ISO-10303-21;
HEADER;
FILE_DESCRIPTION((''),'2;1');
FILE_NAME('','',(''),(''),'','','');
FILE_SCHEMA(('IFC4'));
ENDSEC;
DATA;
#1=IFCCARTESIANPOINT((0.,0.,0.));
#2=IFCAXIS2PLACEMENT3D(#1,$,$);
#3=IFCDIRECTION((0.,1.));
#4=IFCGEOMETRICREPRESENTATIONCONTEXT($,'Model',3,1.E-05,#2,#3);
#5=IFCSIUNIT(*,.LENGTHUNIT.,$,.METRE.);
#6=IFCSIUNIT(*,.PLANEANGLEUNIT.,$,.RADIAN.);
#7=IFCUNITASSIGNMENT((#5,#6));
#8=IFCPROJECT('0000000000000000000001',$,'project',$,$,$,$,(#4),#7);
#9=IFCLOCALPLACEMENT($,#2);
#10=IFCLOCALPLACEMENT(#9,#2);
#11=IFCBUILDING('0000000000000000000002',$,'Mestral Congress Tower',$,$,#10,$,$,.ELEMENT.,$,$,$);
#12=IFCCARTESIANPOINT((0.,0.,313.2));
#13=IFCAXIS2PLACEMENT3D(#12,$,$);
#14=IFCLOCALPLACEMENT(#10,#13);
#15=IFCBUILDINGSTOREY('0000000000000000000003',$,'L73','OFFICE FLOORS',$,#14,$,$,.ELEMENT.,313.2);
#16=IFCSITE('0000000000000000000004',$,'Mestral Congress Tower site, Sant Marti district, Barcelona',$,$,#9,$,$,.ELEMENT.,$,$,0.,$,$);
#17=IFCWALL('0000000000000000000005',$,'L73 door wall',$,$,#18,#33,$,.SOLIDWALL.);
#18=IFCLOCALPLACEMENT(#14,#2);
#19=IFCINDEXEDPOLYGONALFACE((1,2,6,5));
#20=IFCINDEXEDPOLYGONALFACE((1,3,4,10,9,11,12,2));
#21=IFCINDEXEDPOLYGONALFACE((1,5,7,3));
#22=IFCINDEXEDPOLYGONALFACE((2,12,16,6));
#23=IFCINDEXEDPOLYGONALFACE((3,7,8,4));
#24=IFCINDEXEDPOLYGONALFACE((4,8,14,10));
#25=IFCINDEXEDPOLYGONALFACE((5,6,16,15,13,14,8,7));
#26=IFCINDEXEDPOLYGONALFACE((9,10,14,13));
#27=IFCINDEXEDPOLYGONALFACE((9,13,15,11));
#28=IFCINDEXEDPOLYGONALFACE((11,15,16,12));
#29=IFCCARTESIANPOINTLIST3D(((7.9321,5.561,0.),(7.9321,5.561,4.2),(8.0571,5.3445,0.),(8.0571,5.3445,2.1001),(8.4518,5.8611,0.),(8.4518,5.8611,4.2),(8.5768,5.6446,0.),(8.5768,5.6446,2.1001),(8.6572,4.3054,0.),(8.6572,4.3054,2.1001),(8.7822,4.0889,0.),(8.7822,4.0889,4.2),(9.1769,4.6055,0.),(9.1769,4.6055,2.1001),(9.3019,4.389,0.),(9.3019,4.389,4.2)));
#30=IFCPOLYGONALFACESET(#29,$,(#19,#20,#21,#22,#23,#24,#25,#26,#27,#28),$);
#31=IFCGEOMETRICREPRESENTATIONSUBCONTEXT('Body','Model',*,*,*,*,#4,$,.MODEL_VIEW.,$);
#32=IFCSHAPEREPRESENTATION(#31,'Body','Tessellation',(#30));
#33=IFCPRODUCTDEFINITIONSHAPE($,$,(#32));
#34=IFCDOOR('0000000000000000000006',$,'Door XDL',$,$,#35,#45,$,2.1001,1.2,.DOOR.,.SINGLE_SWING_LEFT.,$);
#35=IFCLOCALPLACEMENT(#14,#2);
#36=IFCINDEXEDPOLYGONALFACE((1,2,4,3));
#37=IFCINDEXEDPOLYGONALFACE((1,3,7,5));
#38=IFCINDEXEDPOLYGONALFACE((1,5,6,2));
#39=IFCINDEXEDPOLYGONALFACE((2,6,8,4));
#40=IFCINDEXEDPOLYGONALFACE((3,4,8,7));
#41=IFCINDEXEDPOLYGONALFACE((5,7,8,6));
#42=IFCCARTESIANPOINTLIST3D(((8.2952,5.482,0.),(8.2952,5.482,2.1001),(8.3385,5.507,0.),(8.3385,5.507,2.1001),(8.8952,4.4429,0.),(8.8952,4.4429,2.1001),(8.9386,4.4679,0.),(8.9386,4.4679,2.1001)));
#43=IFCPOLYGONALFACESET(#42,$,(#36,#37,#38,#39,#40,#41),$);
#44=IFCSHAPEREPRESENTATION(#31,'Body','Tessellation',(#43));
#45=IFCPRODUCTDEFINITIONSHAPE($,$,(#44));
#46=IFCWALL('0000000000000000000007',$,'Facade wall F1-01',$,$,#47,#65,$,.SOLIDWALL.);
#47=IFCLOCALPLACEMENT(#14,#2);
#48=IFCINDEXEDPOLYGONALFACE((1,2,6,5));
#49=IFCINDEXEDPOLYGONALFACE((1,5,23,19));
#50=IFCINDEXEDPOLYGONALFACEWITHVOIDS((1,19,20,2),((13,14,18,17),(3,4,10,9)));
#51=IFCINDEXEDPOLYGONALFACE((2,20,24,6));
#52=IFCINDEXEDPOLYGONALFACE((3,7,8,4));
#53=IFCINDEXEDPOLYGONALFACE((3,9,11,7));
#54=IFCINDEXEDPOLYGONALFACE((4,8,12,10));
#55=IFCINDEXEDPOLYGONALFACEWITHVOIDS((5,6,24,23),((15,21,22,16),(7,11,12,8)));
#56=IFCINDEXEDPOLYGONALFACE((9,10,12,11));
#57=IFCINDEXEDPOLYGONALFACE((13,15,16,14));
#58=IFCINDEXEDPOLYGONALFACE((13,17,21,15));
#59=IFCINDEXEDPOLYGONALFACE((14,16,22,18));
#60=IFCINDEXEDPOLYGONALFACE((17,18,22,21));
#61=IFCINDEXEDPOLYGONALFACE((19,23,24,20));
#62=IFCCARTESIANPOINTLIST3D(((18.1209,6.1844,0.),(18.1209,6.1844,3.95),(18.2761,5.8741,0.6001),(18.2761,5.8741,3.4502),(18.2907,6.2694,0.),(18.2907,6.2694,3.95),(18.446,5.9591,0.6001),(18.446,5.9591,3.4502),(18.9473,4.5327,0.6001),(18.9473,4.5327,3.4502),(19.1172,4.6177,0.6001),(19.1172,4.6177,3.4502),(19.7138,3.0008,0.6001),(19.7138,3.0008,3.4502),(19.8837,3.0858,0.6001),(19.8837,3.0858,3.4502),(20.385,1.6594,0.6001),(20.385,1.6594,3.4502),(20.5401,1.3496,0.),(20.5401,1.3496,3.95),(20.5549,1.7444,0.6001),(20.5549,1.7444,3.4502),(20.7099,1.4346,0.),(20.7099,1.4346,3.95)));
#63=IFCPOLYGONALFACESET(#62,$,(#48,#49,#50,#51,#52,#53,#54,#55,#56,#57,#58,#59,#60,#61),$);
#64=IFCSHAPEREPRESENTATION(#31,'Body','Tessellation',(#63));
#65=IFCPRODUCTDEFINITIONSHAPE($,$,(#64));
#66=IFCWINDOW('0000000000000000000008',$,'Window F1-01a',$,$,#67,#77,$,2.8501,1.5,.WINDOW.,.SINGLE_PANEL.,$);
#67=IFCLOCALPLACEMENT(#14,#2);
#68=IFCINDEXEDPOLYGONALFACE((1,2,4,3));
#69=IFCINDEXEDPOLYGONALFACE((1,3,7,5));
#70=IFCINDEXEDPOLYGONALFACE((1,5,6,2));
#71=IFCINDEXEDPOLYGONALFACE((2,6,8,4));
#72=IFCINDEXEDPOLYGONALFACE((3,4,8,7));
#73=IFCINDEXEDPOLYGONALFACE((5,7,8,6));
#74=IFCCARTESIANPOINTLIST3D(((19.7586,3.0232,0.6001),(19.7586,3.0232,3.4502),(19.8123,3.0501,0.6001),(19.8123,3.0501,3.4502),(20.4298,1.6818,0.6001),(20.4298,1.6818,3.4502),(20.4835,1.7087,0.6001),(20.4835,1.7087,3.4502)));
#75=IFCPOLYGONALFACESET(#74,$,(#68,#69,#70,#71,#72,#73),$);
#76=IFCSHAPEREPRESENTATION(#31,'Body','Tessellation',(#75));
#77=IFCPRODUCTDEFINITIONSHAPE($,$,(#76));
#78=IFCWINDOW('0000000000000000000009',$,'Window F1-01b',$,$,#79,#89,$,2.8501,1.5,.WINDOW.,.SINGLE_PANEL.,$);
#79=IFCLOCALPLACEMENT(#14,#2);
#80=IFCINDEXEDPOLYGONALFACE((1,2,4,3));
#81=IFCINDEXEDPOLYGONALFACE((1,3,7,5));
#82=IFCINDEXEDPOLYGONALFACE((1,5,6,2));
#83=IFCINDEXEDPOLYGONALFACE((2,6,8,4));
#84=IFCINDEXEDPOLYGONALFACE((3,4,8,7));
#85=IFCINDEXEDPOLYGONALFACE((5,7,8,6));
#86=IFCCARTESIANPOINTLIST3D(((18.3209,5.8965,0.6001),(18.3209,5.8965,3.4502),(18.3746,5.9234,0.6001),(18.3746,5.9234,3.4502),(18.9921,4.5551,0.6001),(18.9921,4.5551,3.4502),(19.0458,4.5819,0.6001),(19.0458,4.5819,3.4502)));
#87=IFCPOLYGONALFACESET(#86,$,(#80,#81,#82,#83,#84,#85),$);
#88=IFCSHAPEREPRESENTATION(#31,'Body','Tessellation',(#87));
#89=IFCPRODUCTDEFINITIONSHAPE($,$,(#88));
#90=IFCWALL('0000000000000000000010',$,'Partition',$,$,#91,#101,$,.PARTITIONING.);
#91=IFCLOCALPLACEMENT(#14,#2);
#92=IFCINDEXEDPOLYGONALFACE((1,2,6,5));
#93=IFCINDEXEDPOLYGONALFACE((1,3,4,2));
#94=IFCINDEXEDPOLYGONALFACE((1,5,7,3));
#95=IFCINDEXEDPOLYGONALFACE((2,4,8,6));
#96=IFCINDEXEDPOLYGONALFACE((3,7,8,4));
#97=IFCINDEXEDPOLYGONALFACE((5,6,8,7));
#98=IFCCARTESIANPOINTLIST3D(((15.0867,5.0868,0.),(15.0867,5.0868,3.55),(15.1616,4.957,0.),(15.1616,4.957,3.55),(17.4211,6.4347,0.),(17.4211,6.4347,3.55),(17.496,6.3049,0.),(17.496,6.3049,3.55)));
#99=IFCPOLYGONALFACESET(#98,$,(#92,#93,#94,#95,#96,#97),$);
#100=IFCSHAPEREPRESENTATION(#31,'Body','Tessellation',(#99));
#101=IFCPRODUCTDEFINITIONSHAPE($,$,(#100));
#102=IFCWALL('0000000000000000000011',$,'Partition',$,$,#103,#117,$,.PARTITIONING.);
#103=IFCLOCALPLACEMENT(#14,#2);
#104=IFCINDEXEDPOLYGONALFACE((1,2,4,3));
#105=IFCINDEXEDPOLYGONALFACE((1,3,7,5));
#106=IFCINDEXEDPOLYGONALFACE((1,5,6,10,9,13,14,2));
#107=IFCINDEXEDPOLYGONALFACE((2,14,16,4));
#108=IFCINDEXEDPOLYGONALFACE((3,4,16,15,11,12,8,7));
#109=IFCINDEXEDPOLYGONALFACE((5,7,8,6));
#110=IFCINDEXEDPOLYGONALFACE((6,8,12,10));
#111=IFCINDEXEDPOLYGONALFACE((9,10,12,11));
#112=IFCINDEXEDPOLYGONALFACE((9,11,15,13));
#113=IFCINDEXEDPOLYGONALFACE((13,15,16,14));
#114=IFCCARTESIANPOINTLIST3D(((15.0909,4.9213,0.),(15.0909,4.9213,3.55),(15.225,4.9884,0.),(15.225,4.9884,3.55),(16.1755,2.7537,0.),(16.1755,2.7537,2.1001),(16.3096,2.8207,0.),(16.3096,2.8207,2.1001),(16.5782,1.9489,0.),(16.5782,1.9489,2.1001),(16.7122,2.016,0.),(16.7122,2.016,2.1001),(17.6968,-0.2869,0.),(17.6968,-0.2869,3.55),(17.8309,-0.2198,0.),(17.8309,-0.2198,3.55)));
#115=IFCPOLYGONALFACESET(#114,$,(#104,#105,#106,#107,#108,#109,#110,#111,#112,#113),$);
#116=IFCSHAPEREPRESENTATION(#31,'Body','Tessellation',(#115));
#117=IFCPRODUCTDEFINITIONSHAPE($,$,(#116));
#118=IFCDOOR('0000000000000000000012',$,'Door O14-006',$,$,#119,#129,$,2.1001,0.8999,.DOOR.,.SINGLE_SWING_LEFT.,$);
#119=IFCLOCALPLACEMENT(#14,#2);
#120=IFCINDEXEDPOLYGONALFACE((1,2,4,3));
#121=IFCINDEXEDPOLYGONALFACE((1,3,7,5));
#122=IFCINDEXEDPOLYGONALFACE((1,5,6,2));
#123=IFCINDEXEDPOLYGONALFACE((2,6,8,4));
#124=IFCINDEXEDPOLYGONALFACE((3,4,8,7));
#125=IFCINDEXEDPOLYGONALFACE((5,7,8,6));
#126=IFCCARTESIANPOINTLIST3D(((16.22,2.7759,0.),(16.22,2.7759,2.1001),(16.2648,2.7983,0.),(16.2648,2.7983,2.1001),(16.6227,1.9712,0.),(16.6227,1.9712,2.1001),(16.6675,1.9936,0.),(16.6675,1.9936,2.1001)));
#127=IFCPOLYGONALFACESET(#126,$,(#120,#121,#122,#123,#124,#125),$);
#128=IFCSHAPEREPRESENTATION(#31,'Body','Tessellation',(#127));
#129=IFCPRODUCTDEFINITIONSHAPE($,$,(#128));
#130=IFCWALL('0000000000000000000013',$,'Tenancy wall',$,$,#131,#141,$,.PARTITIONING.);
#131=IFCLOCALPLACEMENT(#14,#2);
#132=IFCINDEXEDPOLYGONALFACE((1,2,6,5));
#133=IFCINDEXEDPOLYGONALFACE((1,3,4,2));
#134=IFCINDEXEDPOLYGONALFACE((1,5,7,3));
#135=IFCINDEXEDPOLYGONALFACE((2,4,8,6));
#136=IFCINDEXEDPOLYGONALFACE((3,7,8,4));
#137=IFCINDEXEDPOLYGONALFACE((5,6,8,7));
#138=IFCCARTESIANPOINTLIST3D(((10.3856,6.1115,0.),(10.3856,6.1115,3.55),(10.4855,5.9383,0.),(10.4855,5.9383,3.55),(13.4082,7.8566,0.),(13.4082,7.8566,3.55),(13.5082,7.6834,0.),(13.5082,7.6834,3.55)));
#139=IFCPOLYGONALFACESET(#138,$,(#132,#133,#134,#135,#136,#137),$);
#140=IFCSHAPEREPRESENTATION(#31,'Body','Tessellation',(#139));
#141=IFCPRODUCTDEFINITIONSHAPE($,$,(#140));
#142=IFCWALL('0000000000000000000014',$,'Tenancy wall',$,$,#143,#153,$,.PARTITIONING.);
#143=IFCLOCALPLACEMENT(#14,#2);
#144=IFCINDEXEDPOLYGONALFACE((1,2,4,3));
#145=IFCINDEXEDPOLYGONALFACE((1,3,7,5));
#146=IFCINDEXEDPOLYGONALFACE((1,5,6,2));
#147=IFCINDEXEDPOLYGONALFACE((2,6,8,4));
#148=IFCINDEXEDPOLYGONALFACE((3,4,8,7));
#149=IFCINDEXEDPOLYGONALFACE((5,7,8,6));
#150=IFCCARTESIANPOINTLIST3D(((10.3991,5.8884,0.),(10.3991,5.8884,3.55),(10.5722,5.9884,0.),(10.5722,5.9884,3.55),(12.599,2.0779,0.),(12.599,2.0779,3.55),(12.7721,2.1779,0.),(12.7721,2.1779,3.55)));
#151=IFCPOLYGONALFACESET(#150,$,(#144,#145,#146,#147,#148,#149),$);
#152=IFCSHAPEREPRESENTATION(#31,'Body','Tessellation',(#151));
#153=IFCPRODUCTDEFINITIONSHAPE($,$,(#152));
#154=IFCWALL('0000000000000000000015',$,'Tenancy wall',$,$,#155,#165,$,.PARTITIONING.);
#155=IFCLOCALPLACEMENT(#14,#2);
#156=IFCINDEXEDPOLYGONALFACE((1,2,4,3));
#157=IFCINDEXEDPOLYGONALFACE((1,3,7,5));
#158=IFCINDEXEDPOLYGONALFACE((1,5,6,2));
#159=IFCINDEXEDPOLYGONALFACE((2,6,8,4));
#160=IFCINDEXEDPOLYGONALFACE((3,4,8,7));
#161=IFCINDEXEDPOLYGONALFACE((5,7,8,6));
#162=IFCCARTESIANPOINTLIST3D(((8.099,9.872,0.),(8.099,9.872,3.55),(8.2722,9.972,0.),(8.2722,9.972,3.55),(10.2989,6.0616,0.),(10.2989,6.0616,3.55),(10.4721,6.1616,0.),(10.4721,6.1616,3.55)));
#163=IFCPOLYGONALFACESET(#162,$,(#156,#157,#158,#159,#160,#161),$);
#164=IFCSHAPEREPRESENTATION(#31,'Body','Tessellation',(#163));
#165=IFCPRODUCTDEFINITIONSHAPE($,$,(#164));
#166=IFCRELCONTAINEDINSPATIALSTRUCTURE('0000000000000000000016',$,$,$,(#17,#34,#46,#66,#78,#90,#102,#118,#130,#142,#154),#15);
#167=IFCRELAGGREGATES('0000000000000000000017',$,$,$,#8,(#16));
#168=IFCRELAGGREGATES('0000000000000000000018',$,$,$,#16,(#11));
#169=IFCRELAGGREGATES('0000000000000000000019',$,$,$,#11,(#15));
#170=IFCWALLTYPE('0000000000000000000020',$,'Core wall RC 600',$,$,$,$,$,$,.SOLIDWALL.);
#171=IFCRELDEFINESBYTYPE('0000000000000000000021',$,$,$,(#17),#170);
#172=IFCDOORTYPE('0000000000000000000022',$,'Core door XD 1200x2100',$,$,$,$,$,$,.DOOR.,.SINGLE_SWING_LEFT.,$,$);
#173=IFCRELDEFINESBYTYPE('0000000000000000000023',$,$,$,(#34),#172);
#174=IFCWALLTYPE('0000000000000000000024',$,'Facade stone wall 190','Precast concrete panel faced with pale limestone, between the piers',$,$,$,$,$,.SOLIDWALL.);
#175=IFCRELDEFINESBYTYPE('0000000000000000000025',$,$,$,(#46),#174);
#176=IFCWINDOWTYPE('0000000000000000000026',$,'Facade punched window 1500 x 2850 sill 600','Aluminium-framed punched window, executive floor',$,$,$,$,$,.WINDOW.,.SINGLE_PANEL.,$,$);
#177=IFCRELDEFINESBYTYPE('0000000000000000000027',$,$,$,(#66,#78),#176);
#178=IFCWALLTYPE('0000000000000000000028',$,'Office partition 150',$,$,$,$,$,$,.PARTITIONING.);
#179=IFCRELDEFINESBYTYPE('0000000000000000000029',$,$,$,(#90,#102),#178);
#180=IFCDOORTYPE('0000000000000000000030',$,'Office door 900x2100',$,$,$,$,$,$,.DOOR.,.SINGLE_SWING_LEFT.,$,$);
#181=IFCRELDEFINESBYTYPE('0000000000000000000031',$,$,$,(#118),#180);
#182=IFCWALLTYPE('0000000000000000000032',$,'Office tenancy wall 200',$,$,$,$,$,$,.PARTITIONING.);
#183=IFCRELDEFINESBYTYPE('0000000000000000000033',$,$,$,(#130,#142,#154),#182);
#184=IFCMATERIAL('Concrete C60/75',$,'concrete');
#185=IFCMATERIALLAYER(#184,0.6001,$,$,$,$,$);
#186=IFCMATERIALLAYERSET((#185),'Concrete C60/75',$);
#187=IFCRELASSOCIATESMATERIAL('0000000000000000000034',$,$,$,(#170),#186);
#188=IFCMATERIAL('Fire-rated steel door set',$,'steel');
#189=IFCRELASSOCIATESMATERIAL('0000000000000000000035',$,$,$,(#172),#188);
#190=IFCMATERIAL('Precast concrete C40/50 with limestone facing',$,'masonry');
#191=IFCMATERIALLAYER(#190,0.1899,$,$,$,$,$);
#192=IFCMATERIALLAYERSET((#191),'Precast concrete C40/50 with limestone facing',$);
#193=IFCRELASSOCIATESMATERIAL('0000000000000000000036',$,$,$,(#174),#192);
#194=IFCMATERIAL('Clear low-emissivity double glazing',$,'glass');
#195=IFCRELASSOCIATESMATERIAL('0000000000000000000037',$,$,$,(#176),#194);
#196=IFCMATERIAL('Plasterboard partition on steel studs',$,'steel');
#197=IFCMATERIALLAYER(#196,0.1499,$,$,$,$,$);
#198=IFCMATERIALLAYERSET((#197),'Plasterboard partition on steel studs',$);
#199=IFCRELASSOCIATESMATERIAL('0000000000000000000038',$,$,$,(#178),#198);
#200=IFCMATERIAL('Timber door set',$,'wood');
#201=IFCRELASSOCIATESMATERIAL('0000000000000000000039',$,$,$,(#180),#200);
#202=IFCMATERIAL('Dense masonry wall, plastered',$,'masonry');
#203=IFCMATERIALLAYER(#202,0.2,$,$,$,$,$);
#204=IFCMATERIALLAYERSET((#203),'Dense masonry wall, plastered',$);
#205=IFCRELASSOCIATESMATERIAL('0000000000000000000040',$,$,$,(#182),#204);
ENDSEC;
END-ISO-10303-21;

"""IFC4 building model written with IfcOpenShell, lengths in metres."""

from ifc_helpers import new_model, si_unit, direction, frame, frame_2d, origin, place, context, subcontext, project, spatial, rectangle, extrude, material, layer, layer_set, type_object, element, fill, save


model = new_model("IFC4")

# Units and contexts
model_context = context("Model", 3, precision=1e-05, world=origin(), true_north=direction((0.0, 1.0)))
body_context = subcontext(model_context, "Body", "Model", "MODEL_VIEW")
ifc_project = project(units=[si_unit("LENGTHUNIT", "METRE"), si_unit("PLANEANGLEUNIT", "RADIAN")], contexts=[model_context])

# Site, building, storey
site_placement = place(None, origin())
site = spatial("IfcSite", under=ifc_project, at=site_placement, Name="Mestral Congress Tower site, Sant Marti district, Barcelona", CompositionType="ELEMENT", RefElevation=0.0)
building_placement = place(site_placement, origin())
building = spatial("IfcBuilding", under=site, at=building_placement, Name="Mestral Congress Tower", CompositionType="ELEMENT")
storey_placement = place(building_placement, frame((0.0, 0.0, 313.2)))
storey = spatial("IfcBuildingStorey", under=building, at=storey_placement, Name="L73", Description="OFFICE FLOORS", CompositionType="ELEMENT", Elevation=313.2)

# Shared definitions
ifc_material_1 = material(Name="Concrete C60/75", Category="concrete")

# Shared definitions
ifc_layer_1 = layer(ifc_material_1, 0.6001)
ifc_layer_set_1 = layer_set([ifc_layer_1], Name="Concrete C60/75")
wall_type_1 = type_object("IfcWallType", Name="Core wall RC 600", PredefinedType="SOLIDWALL", material=ifc_layer_set_1)

# Wall, opening, door
wall_1_placement = place(storey_placement, frame((8.1919, 5.7112, 0.0), z_axis=(0.0, 0.0, 1.0), x_axis=(0.500062, -0.865989, 0.0)))
wall_1 = element("IfcWall", 1, at=wall_1_placement, inside=storey, type_object=wall_type_1, Name="L73 door wall", PredefinedType="SOLIDWALL", context=body_context, shape_type="SweptSolid", body=[
    extrude(rectangle(XDim=1.7, YDim=0.6001, at=frame_2d((0.8501, 0.0))), origin(), (0.0, 0.0, 1.0), 4.2),
])
opening_1_placement = place(wall_1_placement, frame((0.25, 0.0, 0.0)))
opening_1 = element("IfcOpeningElement", 2, at=opening_1_placement, cuts=wall_1, PredefinedType="OPENING", context=body_context, shape_type="SweptSolid", body=[
    extrude(rectangle(XDim=1.2, YDim=2.1001, at=frame_2d((0.6001, 1.05))), frame((0.0, 0.3101, 0.0), z_axis=(0.0, -1.0, 0.0), x_axis=(1.0, 0.0, 0.0)), (0.0, 0.0, 1.0), 0.6201),
])
ifc_material_2 = material(Name="Fire-rated steel door set", Category="steel")
door_type_1 = type_object("IfcDoorType", Name="Core door XD 1200x2100", OperationType="SINGLE_SWING_LEFT", PredefinedType="DOOR", material=ifc_material_2)
door_1_placement = place(opening_1_placement, origin())
door_1 = element("IfcDoor", 3, at=door_1_placement, inside=storey, type_object=door_type_1, Name="Door XDL", OperationType="SINGLE_SWING_LEFT", OverallHeight=2.1001, OverallWidth=1.2, PredefinedType="DOOR", context=body_context, shape_type="SweptSolid", body=[
    extrude(rectangle(XDim=1.2, YDim=2.1001, at=frame_2d((0.6001, 1.05))), frame((0.0, 0.0249, 0.0), z_axis=(0.0, -1.0, 0.0), x_axis=(1.0, 0.0, 0.0)), (0.0, 0.0, 1.0), 0.05),
])
fill(opening_1, door_1)

# Wall, openings, windows
ifc_material_3 = material(Name="Precast concrete C40/50 with limestone facing", Category="masonry")
ifc_layer_2 = layer(ifc_material_3, 0.1899)
ifc_layer_set_2 = layer_set([ifc_layer_2], Name="Precast concrete C40/50 with limestone facing")
wall_type_2 = type_object("IfcWallType", Name="Facade stone wall 190", Description="Precast concrete panel faced with pale limestone, between the piers", PredefinedType="SOLIDWALL", material=ifc_layer_set_2)
wall_2_placement = place(storey_placement, frame((20.625, 1.3921, 0.0), z_axis=(0.0, 0.0, 1.0), x_axis=(-0.447485, 0.894292, 0.0)))
wall_2 = element("IfcWall", 4, at=wall_2_placement, inside=storey, type_object=wall_type_2, Name="Facade wall F1-01", PredefinedType="SOLIDWALL", context=body_context, shape_type="SweptSolid", body=[
    extrude(rectangle(XDim=5.4062, YDim=0.1899, at=frame_2d((2.7031, 0.0))), origin(), (0.0, 0.0, 1.0), 3.95),
])
opening_2_placement = place(wall_2_placement, frame((0.3464, 0.0, 0.6001)))
opening_2 = element("IfcOpeningElement", 5, at=opening_2_placement, cuts=wall_2, PredefinedType="OPENING", context=body_context, shape_type="SweptSolid", body=[
    extrude(rectangle(XDim=1.5, YDim=2.8501, at=frame_2d((0.75, 1.425))), frame((0.0, 0.105, 0.0), z_axis=(0.0, -1.0, 0.0), x_axis=(1.0, 0.0, 0.0)), (0.0, 0.0, 1.0), 0.21),
])
opening_3_placement = place(wall_2_placement, frame((3.5593, 0.0, 0.6001)))
opening_3 = element("IfcOpeningElement", 6, at=opening_3_placement, cuts=wall_2, PredefinedType="OPENING", context=body_context, shape_type="SweptSolid", body=[
    extrude(rectangle(XDim=1.5, YDim=2.8501, at=frame_2d((0.75, 1.425))), frame((0.0, 0.105, 0.0), z_axis=(0.0, -1.0, 0.0), x_axis=(1.0, 0.0, 0.0)), (0.0, 0.0, 1.0), 0.21),
])
ifc_material_4 = material(Name="Clear low-emissivity double glazing", Category="glass")
window_type = type_object("IfcWindowType", Name="Facade punched window 1500 x 2850 sill 600", Description="Aluminium-framed punched window, executive floor", PartitioningType="SINGLE_PANEL", PredefinedType="WINDOW", material=ifc_material_4)
window_1_placement = place(opening_2_placement, origin())
window_1 = element("IfcWindow", 7, at=window_1_placement, inside=storey, type_object=window_type, Name="Window F1-01a", OverallHeight=2.8501, OverallWidth=1.5, PartitioningType="SINGLE_PANEL", PredefinedType="WINDOW", context=body_context, shape_type="SweptSolid", body=[
    extrude(rectangle(XDim=1.5, YDim=2.8501, at=frame_2d((0.75, 1.425))), frame((0.0, 0.0449, 0.0), z_axis=(0.0, -1.0, 0.0), x_axis=(1.0, 0.0, 0.0)), (0.0, 0.0, 1.0), 0.0601),
])
fill(opening_2, window_1)
window_2_placement = place(opening_3_placement, origin())
window_2 = element("IfcWindow", 8, at=window_2_placement, inside=storey, type_object=window_type, Name="Window F1-01b", OverallHeight=2.8501, OverallWidth=1.5, PartitioningType="SINGLE_PANEL", PredefinedType="WINDOW", context=body_context, shape_type="SweptSolid", body=[
    extrude(rectangle(XDim=1.5, YDim=2.8501, at=frame_2d((0.75, 1.425))), frame((0.0, 0.0449, 0.0), z_axis=(0.0, -1.0, 0.0), x_axis=(1.0, 0.0, 0.0)), (0.0, 0.0, 1.0), 0.0601),
])
fill(opening_3, window_2)

# Wall
ifc_material_5 = material(Name="Plasterboard partition on steel studs", Category="steel")
ifc_layer_3 = layer(ifc_material_5, 0.1499)
ifc_layer_set_3 = layer_set([ifc_layer_3], Name="Plasterboard partition on steel studs")
wall_type_3 = type_object("IfcWallType", Name="Office partition 150", PredefinedType="PARTITIONING", material=ifc_layer_set_3)
wall_3_placement = place(storey_placement, frame((15.1243, 5.022, 0.0), z_axis=(0.0, 0.0, 1.0), x_axis=(0.866011, 0.500026, 0.0)))
element("IfcWall", 9, at=wall_3_placement, inside=storey, type_object=wall_type_3, Name="Partition", PredefinedType="PARTITIONING", context=body_context, shape_type="SweptSolid", body=[
    extrude(rectangle(XDim=2.6956, YDim=0.1499, at=frame_2d((1.3477, 0.0))), origin(), (0.0, 0.0, 1.0), 3.55),
])

# Wall, opening, door
wall_4_placement = place(storey_placement, frame((15.158, 4.9548, 0.0), z_axis=(0.0, 0.0, 1.0), x_axis=(0.447465, -0.894301, 0.0)))
wall_4 = element("IfcWall", 10, at=wall_4_placement, inside=storey, type_object=wall_type_3, Name="Partition", PredefinedType="PARTITIONING", context=body_context, shape_type="SweptSolid", body=[
    extrude(rectangle(XDim=5.8237, YDim=0.1499, at=frame_2d((2.9119, 0.0))), origin(), (0.0, 0.0, 1.0), 3.55),
])
opening_4_placement = place(wall_4_placement, frame((2.4238, 0.0, 0.0)))
opening_4 = element("IfcOpeningElement", 11, at=opening_4_placement, cuts=wall_4, PredefinedType="OPENING", context=body_context, shape_type="SweptSolid", body=[
    extrude(rectangle(XDim=0.8999, YDim=2.1001, at=frame_2d((0.45, 1.05))), frame((0.0, 0.085, 0.0), z_axis=(0.0, -1.0, 0.0), x_axis=(1.0, 0.0, 0.0)), (0.0, 0.0, 1.0), 0.1699),
])
ifc_material_6 = material(Name="Timber door set", Category="wood")
door_type_2 = type_object("IfcDoorType", Name="Office door 900x2100", OperationType="SINGLE_SWING_LEFT", PredefinedType="DOOR", material=ifc_material_6)
door_2_placement = place(opening_4_placement, origin())
door_2 = element("IfcDoor", 12, at=door_2_placement, inside=storey, type_object=door_type_2, Name="Door O14-006", OperationType="SINGLE_SWING_LEFT", OverallHeight=2.1001, OverallWidth=0.8999, PredefinedType="DOOR", context=body_context, shape_type="SweptSolid", body=[
    extrude(rectangle(XDim=0.8999, YDim=2.1001, at=frame_2d((0.45, 1.05))), frame((0.0, 0.0249, 0.0), z_axis=(0.0, -1.0, 0.0), x_axis=(1.0, 0.0, 0.0)), (0.0, 0.0, 1.0), 0.05),
])
fill(opening_4, door_2)

# Walls
ifc_material_7 = material(Name="Dense masonry wall, plastered", Category="masonry")
ifc_layer_4 = layer(ifc_material_7, 0.2)
ifc_layer_set_4 = layer_set([ifc_layer_4], Name="Dense masonry wall, plastered")
wall_type_4 = type_object("IfcWallType", Name="Office tenancy wall 200", PredefinedType="PARTITIONING", material=ifc_layer_set_4)
wall_5_placement = place(storey_placement, frame((10.4355, 6.0249, 0.0), z_axis=(0.0, 0.0, 1.0), x_axis=(0.866031, 0.499991, 0.0)))
element("IfcWall", 13, at=wall_5_placement, inside=storey, type_object=wall_type_4, Name="Tenancy wall", PredefinedType="PARTITIONING", context=body_context, shape_type="SweptSolid", body=[
    extrude(rectangle(XDim=3.4902, YDim=0.2, at=frame_2d((1.7451, 0.0))), origin(), (0.0, 0.0, 1.0), 3.55),
])
for number, where, z_axis, x_axis, name in (
    (14, (12.6855, 2.1279, 0.0), (0.0, 0.0, 1.0), (-0.499988, 0.866032, 0.0), "Tenancy wall"),
    (15, (10.3855, 6.1116, 0.0), (0.0, 0.0, 1.0), (-0.499988, 0.866032, 0.0), "Tenancy wall"),
):
    element("IfcWall", number, at=place(storey_placement, frame(where, z_axis=z_axis, x_axis=x_axis)), inside=storey, type_object=wall_type_4, Name=name, PredefinedType="PARTITIONING", context=body_context, shape_type="SweptSolid", body=[
        extrude(rectangle(XDim=4.3999, YDim=0.2, at=frame_2d((2.2, 0.0))), origin(), (0.0, 0.0, 1.0), 3.55),
    ])

save(model, "model.ifc")
